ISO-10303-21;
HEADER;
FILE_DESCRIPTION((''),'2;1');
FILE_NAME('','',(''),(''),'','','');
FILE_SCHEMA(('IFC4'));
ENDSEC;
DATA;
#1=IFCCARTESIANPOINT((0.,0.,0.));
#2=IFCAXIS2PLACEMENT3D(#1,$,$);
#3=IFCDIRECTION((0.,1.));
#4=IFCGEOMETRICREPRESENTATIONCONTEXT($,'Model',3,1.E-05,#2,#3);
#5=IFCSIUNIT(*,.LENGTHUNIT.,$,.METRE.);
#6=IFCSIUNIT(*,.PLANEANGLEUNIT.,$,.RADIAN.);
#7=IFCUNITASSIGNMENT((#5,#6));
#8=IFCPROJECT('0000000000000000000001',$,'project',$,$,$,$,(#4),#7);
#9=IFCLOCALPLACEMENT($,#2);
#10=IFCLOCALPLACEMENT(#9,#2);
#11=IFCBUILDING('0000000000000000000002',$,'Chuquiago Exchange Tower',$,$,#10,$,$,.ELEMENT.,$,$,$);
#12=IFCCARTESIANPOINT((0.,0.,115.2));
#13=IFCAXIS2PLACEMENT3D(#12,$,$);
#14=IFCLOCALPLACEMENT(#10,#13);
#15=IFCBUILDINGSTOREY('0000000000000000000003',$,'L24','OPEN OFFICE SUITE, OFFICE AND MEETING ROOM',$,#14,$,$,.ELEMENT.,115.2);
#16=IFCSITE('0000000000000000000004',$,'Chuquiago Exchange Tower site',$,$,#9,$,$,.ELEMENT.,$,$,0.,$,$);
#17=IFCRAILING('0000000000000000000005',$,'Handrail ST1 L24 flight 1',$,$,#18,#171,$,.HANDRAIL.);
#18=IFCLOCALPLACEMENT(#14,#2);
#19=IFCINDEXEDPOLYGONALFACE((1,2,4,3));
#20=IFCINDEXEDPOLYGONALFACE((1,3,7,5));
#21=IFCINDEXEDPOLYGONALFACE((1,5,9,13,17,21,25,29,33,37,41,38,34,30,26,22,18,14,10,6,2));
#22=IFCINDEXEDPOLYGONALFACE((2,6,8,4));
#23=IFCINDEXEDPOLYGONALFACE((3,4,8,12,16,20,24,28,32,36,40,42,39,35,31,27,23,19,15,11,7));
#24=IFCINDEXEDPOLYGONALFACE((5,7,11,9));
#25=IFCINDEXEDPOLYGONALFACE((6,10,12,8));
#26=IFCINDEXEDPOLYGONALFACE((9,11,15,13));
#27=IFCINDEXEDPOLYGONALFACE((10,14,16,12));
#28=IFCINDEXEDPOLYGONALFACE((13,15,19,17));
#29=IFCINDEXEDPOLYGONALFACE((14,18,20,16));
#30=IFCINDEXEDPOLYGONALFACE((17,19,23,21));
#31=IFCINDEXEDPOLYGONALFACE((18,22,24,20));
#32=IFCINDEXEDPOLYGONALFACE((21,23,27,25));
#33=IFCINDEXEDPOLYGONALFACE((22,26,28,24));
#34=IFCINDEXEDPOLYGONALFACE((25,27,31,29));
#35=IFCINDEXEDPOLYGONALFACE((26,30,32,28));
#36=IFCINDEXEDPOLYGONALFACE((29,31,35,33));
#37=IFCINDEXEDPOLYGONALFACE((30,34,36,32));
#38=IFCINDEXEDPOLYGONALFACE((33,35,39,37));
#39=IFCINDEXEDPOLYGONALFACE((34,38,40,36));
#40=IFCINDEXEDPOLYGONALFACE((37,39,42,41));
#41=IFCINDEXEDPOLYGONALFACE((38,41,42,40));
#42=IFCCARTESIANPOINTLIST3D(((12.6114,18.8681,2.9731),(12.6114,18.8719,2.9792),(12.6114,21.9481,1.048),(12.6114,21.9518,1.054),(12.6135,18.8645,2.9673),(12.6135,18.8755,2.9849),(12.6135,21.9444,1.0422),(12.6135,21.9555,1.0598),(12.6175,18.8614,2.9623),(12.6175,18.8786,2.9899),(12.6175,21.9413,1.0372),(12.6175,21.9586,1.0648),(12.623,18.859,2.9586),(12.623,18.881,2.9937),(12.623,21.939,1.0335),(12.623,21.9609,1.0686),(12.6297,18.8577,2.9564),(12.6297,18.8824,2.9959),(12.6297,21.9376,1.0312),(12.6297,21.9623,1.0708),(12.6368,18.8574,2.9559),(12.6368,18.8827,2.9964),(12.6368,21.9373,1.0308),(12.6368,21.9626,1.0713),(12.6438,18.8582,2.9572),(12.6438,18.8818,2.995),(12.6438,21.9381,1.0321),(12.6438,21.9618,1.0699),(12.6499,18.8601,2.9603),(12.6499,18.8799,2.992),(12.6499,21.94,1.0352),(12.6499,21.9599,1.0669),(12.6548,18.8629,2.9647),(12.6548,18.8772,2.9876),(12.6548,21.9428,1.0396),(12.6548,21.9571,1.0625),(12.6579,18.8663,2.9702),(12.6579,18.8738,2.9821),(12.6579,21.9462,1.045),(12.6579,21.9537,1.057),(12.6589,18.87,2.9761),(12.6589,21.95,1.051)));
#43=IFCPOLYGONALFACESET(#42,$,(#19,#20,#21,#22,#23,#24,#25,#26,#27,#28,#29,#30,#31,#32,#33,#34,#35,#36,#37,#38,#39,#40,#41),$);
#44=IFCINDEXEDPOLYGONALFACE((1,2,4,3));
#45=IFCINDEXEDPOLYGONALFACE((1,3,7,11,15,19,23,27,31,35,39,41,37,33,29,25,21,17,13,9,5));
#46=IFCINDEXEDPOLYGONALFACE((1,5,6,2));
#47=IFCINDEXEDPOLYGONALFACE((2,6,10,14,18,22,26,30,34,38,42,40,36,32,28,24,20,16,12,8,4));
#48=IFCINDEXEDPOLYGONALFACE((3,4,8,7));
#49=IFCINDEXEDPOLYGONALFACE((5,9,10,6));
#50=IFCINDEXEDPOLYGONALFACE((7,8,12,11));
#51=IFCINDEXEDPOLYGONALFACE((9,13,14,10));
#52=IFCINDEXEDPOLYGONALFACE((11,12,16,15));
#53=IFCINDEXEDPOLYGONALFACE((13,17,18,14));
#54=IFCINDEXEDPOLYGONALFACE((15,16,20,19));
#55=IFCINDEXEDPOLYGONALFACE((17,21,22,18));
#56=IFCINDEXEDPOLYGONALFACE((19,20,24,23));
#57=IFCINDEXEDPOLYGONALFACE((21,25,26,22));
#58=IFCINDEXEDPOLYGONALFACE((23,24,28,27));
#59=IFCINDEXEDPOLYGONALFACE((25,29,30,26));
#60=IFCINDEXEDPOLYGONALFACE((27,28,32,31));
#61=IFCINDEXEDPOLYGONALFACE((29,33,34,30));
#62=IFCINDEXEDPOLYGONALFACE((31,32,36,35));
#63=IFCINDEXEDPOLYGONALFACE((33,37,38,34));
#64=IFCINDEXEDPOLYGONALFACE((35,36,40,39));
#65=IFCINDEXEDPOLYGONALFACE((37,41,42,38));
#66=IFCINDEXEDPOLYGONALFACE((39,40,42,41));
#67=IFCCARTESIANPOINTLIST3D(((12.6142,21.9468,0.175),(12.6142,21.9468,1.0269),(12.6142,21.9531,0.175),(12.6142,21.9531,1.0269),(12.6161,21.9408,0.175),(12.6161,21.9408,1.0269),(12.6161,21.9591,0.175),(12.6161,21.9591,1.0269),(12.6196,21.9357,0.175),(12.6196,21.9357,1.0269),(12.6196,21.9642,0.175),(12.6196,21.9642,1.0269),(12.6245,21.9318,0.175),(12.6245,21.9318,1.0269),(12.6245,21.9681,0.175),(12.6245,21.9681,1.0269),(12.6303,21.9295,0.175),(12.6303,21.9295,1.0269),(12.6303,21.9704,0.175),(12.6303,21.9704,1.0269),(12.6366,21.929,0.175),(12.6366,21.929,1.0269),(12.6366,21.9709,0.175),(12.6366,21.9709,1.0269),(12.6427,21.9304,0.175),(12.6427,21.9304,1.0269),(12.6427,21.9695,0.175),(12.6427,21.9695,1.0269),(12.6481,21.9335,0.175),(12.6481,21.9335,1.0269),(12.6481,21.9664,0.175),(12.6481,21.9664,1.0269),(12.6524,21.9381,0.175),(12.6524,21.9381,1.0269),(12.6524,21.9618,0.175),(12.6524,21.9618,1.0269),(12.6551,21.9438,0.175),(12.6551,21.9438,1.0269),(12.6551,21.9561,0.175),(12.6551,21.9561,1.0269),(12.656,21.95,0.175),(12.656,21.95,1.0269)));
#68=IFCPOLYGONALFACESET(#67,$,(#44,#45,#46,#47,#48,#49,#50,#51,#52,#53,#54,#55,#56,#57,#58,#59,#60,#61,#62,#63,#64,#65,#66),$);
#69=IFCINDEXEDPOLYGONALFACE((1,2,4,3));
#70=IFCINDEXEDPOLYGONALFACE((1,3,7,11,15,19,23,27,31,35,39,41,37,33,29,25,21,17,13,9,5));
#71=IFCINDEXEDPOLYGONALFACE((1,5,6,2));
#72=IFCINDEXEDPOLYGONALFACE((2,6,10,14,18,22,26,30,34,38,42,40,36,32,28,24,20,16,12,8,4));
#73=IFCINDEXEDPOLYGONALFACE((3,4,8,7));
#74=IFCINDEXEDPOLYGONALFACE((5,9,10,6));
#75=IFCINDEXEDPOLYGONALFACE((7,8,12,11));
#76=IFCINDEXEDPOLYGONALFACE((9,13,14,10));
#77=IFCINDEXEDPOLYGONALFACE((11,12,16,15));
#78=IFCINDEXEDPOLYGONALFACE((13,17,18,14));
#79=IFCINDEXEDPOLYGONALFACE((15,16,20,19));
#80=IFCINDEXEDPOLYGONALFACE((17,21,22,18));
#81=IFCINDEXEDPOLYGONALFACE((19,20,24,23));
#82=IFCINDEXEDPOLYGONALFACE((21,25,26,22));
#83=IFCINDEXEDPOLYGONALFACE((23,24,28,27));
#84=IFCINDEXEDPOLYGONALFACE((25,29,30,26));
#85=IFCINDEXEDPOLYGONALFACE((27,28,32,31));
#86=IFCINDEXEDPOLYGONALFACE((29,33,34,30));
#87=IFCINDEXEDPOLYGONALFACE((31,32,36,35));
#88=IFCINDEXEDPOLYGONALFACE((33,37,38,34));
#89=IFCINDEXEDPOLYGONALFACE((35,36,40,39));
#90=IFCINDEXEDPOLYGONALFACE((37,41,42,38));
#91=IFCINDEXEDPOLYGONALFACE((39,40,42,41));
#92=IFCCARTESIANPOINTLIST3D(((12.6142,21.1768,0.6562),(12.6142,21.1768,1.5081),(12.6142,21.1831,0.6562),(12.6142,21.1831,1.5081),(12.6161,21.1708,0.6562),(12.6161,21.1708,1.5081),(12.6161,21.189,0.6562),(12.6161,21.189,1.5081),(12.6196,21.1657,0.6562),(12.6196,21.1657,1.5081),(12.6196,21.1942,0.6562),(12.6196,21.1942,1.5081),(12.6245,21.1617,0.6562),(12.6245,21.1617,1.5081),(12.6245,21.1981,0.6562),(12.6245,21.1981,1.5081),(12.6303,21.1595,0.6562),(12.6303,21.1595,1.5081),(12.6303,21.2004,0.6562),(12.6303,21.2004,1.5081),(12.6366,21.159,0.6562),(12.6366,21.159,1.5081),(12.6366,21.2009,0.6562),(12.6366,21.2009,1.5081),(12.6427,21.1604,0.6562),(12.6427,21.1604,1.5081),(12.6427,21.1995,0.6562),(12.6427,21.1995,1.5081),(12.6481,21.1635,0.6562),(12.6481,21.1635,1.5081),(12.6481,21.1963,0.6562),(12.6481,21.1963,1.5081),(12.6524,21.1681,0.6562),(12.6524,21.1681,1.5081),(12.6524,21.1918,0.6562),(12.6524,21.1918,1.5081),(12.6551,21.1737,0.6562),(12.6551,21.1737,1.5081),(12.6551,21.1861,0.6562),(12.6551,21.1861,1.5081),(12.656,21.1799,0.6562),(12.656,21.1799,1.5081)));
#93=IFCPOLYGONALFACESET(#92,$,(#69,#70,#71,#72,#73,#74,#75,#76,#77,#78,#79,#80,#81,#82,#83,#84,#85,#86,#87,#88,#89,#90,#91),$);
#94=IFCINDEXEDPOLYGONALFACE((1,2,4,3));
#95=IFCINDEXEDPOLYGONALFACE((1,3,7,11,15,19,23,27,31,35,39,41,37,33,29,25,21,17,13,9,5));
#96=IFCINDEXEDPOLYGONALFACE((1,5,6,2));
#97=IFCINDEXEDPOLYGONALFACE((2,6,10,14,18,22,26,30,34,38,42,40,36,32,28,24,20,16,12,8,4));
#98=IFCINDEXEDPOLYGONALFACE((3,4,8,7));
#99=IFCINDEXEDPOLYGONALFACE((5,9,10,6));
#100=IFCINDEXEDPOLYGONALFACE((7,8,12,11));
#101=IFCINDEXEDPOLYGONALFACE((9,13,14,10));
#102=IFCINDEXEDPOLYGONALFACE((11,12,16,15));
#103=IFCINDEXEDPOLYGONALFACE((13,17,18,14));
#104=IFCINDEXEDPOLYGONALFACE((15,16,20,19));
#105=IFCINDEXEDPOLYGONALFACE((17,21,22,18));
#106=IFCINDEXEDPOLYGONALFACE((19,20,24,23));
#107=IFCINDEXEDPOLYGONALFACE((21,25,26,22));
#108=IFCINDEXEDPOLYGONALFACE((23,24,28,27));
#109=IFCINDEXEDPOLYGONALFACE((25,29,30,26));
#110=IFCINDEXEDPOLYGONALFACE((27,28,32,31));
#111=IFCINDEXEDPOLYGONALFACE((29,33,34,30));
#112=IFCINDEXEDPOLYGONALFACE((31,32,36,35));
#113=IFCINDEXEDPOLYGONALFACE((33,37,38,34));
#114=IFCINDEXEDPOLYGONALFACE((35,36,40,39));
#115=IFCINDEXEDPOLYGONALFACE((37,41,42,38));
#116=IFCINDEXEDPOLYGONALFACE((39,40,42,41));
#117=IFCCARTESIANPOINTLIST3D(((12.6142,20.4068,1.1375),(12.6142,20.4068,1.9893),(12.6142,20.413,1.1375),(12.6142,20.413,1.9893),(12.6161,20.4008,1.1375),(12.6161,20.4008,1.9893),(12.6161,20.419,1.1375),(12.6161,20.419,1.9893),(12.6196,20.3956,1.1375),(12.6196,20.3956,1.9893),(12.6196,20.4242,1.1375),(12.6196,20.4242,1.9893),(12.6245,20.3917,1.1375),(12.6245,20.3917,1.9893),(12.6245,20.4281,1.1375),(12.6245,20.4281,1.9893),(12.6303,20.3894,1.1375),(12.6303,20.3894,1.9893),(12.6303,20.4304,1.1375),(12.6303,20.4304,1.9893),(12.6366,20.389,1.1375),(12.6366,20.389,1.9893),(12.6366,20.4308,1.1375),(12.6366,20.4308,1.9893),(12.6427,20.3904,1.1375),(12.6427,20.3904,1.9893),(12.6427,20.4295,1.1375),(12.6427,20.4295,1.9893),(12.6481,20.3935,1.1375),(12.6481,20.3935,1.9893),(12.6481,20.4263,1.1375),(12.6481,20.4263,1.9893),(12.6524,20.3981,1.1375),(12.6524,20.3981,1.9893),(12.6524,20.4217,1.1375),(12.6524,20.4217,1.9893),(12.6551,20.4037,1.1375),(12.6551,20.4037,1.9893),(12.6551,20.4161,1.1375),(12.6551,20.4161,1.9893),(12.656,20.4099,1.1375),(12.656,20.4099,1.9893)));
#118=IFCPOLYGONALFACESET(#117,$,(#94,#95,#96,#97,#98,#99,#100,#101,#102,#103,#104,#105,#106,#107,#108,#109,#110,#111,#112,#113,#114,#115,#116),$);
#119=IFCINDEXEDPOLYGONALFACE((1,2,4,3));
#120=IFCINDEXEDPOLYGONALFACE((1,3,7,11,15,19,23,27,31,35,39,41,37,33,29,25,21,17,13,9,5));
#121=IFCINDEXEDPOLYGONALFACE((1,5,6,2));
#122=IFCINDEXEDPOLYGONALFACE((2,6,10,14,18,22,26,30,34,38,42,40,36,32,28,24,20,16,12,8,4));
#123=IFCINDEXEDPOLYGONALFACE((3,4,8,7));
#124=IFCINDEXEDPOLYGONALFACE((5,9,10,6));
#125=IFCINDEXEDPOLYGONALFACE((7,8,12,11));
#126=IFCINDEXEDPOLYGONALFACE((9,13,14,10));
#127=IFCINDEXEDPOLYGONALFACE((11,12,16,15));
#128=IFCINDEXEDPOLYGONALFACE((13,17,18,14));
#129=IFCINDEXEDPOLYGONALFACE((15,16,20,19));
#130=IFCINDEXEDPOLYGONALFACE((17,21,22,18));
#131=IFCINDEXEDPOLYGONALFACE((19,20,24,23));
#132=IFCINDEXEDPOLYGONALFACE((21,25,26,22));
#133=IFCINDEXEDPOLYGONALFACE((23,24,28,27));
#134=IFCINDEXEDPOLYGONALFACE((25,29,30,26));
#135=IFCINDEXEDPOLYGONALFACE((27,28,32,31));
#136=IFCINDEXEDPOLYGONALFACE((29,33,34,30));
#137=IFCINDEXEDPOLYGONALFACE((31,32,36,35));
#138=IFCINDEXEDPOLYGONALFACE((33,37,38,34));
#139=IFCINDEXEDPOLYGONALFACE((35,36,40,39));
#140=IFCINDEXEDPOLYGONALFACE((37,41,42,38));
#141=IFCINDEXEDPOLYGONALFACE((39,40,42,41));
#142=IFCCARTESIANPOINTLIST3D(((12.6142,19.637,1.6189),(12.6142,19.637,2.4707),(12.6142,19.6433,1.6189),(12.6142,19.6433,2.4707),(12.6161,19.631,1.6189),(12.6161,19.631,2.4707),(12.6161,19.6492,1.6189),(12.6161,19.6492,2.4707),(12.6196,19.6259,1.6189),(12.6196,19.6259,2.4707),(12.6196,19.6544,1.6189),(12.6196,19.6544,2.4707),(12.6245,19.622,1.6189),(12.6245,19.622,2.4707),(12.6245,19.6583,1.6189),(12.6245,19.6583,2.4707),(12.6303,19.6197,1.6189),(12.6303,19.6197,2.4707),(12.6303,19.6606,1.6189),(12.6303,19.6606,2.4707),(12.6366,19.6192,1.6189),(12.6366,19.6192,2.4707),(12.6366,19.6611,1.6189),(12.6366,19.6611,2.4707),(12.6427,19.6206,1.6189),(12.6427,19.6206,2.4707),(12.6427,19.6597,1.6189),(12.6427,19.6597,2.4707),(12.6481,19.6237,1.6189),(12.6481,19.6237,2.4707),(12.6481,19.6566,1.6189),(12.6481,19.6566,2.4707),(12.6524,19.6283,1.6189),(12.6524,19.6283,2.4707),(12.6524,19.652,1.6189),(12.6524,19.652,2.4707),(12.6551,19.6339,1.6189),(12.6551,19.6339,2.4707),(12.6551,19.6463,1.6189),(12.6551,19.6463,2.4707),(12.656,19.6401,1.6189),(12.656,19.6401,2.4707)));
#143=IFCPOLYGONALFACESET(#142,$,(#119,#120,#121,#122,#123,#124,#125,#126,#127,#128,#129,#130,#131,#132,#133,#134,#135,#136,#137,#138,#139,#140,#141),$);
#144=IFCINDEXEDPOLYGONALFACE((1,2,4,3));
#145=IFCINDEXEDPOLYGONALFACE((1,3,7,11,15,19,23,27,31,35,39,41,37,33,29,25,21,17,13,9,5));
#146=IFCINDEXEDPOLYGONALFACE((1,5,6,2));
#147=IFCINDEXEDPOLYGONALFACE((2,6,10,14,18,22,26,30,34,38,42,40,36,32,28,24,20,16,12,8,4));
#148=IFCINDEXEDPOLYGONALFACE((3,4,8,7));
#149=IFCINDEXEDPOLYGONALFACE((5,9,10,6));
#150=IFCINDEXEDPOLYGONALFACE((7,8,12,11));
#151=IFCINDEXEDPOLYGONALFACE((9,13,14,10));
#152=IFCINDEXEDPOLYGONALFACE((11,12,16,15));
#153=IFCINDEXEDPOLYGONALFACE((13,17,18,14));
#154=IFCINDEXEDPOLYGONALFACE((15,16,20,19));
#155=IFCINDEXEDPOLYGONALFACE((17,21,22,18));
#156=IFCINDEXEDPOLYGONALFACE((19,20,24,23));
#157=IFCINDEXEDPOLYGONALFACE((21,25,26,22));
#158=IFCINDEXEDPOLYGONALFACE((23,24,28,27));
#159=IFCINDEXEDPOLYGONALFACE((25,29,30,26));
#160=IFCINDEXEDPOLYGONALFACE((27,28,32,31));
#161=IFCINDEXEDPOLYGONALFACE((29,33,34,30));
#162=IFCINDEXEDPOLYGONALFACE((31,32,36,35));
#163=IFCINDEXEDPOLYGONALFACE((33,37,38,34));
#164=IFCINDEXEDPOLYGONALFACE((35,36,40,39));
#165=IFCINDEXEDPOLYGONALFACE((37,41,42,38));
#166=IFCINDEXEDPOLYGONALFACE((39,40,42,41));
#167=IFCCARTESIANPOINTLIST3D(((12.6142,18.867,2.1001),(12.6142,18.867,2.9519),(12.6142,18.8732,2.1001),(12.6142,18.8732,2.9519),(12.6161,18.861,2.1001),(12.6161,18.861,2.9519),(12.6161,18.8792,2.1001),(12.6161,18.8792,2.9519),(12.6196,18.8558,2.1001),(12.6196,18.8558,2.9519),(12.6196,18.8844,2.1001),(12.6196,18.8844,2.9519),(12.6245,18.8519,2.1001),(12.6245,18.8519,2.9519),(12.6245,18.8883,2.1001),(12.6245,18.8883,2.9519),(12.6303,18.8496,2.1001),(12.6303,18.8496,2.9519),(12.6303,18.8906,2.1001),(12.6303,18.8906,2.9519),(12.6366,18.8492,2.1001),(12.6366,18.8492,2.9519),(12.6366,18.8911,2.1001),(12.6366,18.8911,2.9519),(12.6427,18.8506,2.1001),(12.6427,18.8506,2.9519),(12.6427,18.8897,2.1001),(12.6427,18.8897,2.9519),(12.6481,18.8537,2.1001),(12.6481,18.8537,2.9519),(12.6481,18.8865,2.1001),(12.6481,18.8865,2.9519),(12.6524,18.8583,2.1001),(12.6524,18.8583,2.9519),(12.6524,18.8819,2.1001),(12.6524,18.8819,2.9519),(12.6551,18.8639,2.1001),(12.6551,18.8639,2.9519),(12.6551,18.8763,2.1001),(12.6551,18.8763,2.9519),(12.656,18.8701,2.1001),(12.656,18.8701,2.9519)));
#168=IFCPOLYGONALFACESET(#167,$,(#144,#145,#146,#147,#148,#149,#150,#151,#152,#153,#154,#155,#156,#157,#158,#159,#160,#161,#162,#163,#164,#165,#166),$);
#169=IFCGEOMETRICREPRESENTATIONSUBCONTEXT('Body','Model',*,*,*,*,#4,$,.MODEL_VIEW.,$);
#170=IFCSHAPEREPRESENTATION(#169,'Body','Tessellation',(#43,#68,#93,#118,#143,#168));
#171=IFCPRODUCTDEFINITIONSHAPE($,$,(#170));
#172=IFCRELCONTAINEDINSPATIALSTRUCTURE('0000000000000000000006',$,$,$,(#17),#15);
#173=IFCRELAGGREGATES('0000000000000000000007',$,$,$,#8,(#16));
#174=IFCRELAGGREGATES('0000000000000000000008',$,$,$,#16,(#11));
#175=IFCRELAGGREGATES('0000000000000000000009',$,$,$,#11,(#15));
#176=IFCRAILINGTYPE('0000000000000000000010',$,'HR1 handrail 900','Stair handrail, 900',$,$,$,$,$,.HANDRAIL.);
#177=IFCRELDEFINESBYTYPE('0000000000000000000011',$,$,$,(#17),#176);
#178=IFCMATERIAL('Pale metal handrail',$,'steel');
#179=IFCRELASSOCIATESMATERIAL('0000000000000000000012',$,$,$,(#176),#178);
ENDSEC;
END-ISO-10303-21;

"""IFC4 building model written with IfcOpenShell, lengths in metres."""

from ifc_helpers import new_model, si_unit, direction, frame, origin, origin_2d, place, context, subcontext, project, spatial, circle, extrude, material, type_object, element, save


model = new_model("IFC4")

# Units and contexts
model_context = context("Model", 3, precision=1e-05, world=origin(), true_north=direction((0.0, 1.0)))
body_context = subcontext(model_context, "Body", "Model", "MODEL_VIEW")
ifc_project = project(units=[si_unit("LENGTHUNIT", "METRE"), si_unit("PLANEANGLEUNIT", "RADIAN")], contexts=[model_context])

# Site, building, storey
site_placement = place(None, origin())
site = spatial("IfcSite", under=ifc_project, at=site_placement, Name="Chuquiago Exchange Tower site", CompositionType="ELEMENT", RefElevation=0.0)
building_placement = place(site_placement, origin())
building = spatial("IfcBuilding", under=site, at=building_placement, Name="Chuquiago Exchange Tower", CompositionType="ELEMENT")
storey_placement = place(building_placement, frame((0.0, 0.0, 115.2)))
storey = spatial("IfcBuildingStorey", under=building, at=storey_placement, Name="L24", Description="OPEN OFFICE SUITE, OFFICE AND MEETING ROOM", CompositionType="ELEMENT", Elevation=115.2)

# Railing
ifc_material_1 = material(Name="Pale metal handrail", Category="steel")
railing_type_1 = type_object("IfcRailingType", Name="HR1 handrail 900", Description="Stair handrail, 900", PredefinedType="HANDRAIL", material=ifc_material_1)
for number, where, name in (
    (1, (12.635, 21.95, 0.175), "Handrail ST1 L24 flight 1"),
):
    element("IfcRailing", number, at=place(storey_placement, frame(where)), inside=storey, type_object=railing_type_1, Name=name, PredefinedType="HANDRAIL", context=body_context, shape_type="SweptSolid", body=[
        extrude(circle(Radius=0.0239, at=origin_2d()), frame((0.0, 0.0, 0.876), z_axis=(0.0, -0.847979, 0.530029), x_axis=(1.0, 0.0, 0.0)), (0.0, 0.0, 1.0), 3.6321),
        extrude(circle(Radius=0.021, at=origin_2d()), origin(), (0.0, 0.0, 1.0), 0.8518),
        extrude(circle(Radius=0.021, at=origin_2d()), frame((0.0, -0.77, 0.4812)), (0.0, 0.0, 1.0), 0.8518),
        extrude(circle(Radius=0.021, at=origin_2d()), frame((0.0, -1.54, 0.9624)), (0.0, 0.0, 1.0), 0.8518),
        extrude(circle(Radius=0.021, at=origin_2d()), frame((0.0, -2.3098, 1.4438)), (0.0, 0.0, 1.0), 0.8518),
        extrude(circle(Radius=0.021, at=origin_2d()), frame((0.0, -3.0798, 1.925)), (0.0, 0.0, 1.0), 0.8518),
    ])

save(model, "model.ifc")
